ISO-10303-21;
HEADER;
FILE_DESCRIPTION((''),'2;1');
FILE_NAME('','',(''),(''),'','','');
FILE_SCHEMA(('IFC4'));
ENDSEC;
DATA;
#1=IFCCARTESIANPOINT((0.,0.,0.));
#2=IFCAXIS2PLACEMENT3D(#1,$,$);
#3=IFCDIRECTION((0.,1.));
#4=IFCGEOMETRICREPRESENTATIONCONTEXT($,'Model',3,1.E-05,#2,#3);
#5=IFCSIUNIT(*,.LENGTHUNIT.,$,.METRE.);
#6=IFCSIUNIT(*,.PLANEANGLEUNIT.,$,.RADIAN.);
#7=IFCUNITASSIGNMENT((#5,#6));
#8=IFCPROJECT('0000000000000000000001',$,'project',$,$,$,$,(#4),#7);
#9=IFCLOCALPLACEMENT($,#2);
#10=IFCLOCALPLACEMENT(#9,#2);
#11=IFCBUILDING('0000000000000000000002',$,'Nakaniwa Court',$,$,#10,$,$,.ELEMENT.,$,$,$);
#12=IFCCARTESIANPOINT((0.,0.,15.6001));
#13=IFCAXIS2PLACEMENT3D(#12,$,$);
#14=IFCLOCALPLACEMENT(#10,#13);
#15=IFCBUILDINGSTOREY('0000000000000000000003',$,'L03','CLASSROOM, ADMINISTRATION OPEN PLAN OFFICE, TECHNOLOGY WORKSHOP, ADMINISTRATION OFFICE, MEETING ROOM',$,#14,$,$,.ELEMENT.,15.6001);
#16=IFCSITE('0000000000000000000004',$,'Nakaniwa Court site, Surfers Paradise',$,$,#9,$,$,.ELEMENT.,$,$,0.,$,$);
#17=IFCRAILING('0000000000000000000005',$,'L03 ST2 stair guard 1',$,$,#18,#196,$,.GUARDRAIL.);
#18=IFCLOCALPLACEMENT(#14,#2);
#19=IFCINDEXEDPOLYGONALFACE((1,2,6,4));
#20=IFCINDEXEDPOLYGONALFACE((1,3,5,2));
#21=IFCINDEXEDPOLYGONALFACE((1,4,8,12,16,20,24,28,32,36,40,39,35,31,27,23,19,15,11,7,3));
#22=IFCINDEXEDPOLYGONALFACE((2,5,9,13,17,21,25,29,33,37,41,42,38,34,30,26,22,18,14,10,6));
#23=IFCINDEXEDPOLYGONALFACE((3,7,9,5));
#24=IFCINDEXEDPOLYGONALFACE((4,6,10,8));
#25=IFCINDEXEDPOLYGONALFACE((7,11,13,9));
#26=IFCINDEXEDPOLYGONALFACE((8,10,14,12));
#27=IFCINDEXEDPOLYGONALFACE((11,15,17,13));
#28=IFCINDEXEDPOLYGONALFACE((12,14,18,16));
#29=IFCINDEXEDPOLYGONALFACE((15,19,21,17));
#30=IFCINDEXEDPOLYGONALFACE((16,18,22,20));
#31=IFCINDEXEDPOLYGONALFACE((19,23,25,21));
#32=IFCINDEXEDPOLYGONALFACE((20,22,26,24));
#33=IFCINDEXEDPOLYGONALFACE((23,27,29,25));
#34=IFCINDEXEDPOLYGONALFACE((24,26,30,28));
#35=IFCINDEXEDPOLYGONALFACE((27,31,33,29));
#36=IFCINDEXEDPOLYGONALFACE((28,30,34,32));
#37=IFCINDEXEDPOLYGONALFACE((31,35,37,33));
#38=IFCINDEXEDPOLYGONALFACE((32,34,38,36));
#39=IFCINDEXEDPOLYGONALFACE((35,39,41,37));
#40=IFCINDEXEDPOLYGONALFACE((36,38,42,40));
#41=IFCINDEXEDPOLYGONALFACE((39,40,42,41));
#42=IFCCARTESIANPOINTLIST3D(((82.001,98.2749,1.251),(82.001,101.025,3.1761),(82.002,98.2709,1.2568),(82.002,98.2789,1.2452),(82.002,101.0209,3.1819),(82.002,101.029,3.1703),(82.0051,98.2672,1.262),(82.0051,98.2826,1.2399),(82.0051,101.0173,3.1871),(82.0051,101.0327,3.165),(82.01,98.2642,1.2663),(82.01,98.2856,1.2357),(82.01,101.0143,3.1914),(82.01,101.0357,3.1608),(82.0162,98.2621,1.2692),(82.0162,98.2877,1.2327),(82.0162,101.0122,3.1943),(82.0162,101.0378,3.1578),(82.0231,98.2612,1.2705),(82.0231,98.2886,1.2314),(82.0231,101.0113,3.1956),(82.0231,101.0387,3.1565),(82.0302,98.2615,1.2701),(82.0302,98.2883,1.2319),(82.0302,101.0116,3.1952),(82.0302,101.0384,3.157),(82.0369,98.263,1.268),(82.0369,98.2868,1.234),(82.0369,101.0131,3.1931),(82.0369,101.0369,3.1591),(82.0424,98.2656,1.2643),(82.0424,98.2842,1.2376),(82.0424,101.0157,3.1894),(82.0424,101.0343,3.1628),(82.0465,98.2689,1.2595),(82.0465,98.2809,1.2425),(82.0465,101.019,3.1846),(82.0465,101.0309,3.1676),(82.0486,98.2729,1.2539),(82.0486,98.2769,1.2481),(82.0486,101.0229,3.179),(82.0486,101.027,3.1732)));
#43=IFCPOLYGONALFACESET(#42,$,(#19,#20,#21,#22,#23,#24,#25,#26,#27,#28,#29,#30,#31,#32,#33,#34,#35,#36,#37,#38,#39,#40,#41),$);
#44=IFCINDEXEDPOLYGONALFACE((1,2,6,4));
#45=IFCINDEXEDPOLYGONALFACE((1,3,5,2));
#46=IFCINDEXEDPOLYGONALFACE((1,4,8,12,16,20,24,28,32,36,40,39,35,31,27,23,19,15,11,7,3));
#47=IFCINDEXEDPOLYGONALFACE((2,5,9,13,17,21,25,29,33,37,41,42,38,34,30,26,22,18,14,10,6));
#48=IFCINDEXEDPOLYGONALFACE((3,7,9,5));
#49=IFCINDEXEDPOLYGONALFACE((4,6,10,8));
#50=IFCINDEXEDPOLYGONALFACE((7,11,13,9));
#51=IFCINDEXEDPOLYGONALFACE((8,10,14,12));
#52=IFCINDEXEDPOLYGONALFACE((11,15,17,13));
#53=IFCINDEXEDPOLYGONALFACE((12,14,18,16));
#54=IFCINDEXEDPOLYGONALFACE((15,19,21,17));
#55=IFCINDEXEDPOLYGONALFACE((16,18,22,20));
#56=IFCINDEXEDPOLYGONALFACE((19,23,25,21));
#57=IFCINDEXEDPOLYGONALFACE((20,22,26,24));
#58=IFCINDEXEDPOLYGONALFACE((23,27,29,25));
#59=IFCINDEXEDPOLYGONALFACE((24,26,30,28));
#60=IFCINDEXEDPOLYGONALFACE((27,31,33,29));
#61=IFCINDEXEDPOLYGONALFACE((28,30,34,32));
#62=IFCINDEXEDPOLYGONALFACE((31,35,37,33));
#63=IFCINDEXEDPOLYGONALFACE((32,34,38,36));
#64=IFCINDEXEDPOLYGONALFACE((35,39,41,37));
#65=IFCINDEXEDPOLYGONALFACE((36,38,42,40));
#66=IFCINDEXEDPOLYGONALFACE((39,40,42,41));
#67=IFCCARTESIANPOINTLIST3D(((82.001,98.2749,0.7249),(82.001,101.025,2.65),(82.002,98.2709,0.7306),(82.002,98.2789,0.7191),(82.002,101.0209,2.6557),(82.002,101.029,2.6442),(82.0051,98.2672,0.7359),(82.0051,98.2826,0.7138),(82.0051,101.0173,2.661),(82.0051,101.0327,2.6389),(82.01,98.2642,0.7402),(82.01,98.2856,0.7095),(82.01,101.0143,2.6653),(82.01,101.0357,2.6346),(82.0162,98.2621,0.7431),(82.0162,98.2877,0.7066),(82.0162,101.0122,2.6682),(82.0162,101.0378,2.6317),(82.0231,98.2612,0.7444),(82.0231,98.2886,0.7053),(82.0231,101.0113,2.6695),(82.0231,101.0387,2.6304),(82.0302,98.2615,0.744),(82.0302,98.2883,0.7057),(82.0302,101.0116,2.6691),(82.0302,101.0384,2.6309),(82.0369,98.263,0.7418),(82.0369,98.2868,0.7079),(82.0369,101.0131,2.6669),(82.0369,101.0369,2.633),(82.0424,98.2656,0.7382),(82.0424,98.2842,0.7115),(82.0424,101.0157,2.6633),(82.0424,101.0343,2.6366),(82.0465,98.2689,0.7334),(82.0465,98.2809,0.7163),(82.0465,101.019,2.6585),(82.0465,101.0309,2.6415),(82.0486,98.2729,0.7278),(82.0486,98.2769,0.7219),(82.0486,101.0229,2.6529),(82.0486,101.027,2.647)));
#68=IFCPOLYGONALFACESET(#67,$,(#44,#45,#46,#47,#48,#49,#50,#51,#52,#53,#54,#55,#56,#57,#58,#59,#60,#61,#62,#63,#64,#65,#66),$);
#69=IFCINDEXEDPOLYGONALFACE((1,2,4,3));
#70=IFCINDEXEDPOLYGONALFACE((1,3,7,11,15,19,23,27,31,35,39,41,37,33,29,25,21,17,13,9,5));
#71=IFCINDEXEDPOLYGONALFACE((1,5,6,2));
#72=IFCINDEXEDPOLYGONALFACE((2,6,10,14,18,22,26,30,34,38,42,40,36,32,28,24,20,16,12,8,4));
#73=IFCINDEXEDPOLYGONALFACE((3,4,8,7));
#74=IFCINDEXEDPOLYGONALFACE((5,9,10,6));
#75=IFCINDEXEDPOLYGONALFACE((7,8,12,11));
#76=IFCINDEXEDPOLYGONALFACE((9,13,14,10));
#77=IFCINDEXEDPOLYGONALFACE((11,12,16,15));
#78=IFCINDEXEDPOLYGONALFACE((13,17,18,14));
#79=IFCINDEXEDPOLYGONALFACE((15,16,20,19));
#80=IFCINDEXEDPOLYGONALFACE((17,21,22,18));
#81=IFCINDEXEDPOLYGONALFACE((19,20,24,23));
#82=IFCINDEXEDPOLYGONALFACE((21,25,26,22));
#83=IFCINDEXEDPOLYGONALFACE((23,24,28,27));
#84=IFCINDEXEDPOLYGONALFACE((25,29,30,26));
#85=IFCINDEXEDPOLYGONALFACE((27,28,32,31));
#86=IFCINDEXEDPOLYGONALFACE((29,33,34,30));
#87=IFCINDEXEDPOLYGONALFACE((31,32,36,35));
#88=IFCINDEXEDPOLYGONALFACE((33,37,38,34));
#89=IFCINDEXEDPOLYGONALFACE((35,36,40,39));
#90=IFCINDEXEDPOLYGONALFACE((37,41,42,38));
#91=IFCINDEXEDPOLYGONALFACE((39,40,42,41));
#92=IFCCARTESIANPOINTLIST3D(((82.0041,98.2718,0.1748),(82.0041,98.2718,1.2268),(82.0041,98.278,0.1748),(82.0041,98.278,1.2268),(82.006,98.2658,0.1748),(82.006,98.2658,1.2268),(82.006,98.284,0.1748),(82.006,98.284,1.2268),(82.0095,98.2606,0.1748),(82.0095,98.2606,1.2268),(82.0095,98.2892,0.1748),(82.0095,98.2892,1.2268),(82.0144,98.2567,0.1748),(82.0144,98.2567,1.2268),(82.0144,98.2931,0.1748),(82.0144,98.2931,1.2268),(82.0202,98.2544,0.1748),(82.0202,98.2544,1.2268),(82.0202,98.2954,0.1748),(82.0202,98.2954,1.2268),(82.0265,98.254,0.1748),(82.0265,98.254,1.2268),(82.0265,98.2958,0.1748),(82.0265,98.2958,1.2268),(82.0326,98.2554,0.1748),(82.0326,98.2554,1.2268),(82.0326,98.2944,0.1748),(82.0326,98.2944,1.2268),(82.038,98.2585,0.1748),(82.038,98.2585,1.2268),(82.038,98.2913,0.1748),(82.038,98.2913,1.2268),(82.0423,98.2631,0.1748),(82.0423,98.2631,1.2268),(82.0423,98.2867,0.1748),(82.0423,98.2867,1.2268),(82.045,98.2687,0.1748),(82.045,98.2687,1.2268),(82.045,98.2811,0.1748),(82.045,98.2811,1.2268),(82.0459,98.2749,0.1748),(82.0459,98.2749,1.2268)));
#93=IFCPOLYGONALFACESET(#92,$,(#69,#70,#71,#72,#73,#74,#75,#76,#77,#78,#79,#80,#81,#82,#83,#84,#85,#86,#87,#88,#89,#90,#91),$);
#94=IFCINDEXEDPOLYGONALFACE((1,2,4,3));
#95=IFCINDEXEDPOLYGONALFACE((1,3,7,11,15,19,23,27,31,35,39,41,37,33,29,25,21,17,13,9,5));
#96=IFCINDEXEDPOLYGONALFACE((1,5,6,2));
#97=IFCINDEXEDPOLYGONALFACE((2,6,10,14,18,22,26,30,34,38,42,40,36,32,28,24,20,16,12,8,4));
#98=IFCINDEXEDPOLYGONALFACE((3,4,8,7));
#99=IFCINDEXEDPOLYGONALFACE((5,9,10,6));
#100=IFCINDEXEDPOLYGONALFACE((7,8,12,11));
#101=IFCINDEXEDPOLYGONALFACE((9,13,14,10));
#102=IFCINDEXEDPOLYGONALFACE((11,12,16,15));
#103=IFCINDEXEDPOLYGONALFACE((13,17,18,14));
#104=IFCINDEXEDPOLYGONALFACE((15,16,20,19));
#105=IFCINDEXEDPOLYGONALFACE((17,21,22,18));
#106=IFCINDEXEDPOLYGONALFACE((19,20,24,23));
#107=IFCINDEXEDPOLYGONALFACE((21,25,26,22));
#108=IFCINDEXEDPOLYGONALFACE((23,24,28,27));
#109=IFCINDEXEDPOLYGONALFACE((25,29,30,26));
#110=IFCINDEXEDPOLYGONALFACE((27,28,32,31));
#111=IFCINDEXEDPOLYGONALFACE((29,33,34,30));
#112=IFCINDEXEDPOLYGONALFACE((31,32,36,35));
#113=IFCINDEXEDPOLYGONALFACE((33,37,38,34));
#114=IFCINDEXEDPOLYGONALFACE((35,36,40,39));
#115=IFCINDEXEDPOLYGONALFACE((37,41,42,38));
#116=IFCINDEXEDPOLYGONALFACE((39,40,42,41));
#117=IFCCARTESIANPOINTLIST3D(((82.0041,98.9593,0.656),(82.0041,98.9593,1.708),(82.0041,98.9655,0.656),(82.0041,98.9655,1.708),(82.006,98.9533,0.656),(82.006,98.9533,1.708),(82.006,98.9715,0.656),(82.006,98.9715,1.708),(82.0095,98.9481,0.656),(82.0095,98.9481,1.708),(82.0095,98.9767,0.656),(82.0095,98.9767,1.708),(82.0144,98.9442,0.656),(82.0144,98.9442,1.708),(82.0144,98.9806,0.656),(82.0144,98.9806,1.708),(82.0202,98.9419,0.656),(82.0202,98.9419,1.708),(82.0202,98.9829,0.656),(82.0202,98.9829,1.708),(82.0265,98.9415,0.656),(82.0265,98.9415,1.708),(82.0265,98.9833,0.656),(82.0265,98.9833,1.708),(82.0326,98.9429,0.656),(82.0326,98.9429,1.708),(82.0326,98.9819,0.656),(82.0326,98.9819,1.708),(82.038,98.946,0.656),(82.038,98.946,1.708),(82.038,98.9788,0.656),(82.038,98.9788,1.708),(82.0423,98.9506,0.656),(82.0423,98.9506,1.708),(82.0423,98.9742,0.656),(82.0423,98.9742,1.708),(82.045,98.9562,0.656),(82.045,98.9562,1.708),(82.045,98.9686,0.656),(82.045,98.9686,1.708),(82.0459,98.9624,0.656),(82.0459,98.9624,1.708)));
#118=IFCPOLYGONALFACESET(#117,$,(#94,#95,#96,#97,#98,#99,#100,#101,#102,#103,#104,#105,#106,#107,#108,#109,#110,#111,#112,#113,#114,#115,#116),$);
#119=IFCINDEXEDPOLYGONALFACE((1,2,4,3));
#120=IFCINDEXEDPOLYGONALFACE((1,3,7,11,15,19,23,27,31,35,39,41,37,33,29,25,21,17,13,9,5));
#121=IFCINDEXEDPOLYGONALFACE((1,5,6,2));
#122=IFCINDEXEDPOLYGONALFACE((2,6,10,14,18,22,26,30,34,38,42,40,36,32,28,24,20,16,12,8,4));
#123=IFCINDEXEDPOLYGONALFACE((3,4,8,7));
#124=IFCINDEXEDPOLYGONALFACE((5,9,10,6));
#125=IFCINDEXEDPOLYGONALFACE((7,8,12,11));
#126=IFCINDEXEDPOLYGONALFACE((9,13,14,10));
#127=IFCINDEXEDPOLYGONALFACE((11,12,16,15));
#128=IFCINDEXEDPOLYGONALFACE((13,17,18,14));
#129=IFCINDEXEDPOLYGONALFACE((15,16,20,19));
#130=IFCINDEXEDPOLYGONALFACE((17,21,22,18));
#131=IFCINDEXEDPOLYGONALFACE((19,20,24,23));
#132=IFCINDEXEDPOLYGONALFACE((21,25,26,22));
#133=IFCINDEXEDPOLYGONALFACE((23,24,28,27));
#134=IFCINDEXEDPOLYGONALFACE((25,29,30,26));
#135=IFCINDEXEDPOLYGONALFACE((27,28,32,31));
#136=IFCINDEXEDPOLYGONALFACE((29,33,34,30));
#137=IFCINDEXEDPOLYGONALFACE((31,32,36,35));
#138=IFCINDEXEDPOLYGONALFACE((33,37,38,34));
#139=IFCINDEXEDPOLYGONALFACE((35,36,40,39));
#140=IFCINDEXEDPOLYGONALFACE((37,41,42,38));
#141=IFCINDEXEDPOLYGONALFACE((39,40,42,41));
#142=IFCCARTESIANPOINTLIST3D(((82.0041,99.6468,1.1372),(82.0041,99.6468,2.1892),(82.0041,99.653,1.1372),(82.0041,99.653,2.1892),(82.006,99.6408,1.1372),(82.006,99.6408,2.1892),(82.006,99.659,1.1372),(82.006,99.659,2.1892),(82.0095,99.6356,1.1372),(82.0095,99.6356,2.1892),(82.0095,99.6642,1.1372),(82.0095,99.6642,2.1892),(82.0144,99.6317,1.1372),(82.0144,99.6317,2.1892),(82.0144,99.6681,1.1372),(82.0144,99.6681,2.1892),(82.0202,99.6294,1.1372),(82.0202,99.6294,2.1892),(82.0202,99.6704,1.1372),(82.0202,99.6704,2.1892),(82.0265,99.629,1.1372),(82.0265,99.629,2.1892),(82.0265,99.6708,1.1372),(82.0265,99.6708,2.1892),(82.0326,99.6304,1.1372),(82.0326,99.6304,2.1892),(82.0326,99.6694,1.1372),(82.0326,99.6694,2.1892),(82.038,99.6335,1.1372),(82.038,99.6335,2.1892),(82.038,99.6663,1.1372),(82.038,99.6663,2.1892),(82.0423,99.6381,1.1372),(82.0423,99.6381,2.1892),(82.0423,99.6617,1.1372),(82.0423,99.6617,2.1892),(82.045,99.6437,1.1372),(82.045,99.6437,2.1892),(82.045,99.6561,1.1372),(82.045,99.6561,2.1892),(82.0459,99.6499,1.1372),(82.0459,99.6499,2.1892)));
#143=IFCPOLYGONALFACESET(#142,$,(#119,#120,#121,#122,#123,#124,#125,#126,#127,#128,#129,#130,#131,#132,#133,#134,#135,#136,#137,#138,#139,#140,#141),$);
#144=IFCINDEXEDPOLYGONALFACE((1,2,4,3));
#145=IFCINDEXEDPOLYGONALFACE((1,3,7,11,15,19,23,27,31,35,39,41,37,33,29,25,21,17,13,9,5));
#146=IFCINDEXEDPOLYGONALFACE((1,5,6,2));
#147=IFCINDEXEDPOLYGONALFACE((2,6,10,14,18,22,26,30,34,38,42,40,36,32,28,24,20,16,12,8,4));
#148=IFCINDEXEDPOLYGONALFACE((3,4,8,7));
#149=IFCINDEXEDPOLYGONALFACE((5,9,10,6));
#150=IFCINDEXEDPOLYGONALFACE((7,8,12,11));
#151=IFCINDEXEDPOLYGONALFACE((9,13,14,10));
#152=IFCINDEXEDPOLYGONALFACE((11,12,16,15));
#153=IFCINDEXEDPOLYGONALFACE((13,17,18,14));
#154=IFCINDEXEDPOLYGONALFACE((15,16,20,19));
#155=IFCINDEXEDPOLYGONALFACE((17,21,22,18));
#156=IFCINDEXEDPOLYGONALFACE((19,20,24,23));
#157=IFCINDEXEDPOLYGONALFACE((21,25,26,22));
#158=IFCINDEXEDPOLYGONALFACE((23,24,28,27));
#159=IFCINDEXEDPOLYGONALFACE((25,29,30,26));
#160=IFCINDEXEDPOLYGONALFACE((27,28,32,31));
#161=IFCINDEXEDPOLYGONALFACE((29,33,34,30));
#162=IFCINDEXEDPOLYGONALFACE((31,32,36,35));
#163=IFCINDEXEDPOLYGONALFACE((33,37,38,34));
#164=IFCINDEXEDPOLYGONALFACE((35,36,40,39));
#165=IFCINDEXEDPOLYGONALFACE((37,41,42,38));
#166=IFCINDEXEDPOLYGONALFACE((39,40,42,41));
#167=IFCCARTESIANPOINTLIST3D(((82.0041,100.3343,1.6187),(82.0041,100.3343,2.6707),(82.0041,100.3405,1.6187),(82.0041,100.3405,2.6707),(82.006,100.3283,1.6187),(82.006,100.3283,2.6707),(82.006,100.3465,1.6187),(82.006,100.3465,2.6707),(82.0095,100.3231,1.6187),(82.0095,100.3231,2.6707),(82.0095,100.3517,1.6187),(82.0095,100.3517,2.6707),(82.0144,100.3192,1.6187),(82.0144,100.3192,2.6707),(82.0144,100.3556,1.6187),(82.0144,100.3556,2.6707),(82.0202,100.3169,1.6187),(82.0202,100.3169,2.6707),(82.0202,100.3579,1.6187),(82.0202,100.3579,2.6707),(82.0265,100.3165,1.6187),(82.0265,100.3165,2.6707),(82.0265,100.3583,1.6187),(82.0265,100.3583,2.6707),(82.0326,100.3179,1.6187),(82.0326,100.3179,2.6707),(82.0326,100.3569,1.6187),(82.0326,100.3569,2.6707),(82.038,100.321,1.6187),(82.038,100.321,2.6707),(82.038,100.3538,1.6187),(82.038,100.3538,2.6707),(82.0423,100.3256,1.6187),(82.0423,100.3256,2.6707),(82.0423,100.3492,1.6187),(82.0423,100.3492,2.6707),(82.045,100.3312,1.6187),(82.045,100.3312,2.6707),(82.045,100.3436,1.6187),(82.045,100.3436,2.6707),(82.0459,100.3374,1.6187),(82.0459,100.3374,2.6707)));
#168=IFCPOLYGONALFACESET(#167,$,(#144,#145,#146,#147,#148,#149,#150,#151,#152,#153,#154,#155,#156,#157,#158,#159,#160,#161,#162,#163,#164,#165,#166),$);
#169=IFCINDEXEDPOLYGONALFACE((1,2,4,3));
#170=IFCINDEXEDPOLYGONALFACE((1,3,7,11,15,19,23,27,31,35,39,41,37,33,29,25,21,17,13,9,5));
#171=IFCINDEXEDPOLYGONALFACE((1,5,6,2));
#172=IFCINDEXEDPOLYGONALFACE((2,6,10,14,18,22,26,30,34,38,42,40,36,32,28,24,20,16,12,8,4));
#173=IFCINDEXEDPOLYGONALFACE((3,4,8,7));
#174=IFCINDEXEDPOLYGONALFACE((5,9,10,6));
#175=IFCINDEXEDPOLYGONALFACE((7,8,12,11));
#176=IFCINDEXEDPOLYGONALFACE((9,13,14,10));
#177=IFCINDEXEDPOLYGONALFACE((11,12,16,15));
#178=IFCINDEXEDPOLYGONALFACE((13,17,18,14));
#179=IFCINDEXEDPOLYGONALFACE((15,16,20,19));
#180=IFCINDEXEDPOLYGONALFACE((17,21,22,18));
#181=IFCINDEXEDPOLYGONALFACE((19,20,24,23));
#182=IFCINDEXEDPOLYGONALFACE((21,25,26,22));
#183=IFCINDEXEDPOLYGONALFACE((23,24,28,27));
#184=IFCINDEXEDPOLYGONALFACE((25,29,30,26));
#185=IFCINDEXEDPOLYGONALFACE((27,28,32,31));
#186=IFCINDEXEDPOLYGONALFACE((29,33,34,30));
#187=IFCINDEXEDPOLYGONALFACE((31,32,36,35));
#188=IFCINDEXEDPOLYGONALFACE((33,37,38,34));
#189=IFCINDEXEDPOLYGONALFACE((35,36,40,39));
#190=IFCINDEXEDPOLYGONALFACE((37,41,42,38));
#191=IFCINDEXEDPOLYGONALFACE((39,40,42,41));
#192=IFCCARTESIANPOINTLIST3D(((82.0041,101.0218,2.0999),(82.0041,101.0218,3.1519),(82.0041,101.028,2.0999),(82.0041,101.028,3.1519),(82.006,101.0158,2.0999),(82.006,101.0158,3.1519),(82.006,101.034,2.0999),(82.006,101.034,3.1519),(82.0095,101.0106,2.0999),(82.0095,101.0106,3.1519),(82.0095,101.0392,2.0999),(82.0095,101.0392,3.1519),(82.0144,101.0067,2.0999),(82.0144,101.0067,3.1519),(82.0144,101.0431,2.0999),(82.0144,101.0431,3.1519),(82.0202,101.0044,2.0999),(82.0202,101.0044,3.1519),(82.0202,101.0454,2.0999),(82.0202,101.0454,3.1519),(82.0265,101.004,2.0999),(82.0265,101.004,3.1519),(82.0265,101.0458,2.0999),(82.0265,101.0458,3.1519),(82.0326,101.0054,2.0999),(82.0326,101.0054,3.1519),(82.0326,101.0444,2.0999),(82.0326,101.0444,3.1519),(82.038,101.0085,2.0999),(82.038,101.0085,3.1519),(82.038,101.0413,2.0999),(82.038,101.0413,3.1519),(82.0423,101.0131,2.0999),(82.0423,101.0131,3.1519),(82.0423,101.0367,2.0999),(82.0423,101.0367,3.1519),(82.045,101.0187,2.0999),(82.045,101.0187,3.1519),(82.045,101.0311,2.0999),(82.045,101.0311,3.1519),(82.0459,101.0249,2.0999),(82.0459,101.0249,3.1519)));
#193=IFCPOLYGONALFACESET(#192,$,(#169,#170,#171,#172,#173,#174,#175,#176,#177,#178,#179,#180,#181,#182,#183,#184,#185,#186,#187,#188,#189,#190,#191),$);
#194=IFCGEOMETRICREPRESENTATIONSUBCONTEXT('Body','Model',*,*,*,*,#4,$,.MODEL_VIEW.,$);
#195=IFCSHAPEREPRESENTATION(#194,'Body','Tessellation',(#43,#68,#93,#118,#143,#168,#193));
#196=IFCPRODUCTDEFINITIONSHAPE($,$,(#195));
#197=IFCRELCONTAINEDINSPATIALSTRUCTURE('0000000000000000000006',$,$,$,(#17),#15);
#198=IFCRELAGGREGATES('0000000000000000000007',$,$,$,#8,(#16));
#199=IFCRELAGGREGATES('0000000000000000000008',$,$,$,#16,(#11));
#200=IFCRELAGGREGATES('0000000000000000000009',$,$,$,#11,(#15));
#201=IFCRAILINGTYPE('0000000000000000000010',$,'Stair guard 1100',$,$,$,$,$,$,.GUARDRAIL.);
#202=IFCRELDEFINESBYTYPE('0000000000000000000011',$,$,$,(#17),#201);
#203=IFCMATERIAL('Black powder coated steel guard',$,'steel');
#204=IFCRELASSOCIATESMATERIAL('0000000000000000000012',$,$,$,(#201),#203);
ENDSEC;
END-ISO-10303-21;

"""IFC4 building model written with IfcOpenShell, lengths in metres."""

from ifc_helpers import new_model, si_unit, direction, frame, origin, origin_2d, place, context, subcontext, project, spatial, circle, extrude, material, type_object, element, save


model = new_model("IFC4")

# Units and contexts
model_context = context("Model", 3, precision=1e-05, world=origin(), true_north=direction((0.0, 1.0)))
body_context = subcontext(model_context, "Body", "Model", "MODEL_VIEW")
ifc_project = project(units=[si_unit("LENGTHUNIT", "METRE"), si_unit("PLANEANGLEUNIT", "RADIAN")], contexts=[model_context])

# Site, building, storey
site_placement = place(None, origin())
site = spatial("IfcSite", under=ifc_project, at=site_placement, Name="Nakaniwa Court site, Surfers Paradise", CompositionType="ELEMENT", RefElevation=0.0)
building_placement = place(site_placement, origin())
building = spatial("IfcBuilding", under=site, at=building_placement, Name="Nakaniwa Court", CompositionType="ELEMENT")
storey_placement = place(building_placement, frame((0.0, 0.0, 15.6001)))
storey = spatial("IfcBuildingStorey", under=building, at=storey_placement, Name="L03", Description="CLASSROOM, ADMINISTRATION OPEN PLAN OFFICE, TECHNOLOGY WORKSHOP, ADMINISTRATION OFFICE, MEETING ROOM", CompositionType="ELEMENT", Elevation=15.6001)

# Railing
ifc_material_1 = material(Name="Black powder coated steel guard", Category="steel")
railing_type_1 = type_object("IfcRailingType", Name="Stair guard 1100", PredefinedType="GUARDRAIL", material=ifc_material_1)
railing_1_placement = place(storey_placement, frame((82.0249, 98.2749, 0.1748)))
element("IfcRailing", 1, at=railing_1_placement, inside=storey, type_object=railing_type_1, Name="L03 ST2 stair guard 1", PredefinedType="GUARDRAIL", context=body_context, shape_type="SweptSolid", body=[
    extrude(circle(Radius=0.0239, at=origin_2d()), frame((0.0, 0.0, 1.0762), z_axis=(0.0, 0.819225, 0.573472), x_axis=(-1.0, 0.0, 0.0)), (0.0, 0.0, 1.0), 3.3569),
    extrude(circle(Radius=0.0239, at=origin_2d()), frame((0.0, 0.0, 0.55), z_axis=(0.0, 0.819225, 0.573472), x_axis=(-1.0, 0.0, 0.0)), (0.0, 0.0, 1.0), 3.3569),
    extrude(circle(Radius=0.021, at=origin_2d()), origin(), (0.0, 0.0, 1.0), 1.052),
    extrude(circle(Radius=0.021, at=origin_2d()), frame((0.0, 0.6875, 0.4812)), (0.0, 0.0, 1.0), 1.052),
    extrude(circle(Radius=0.021, at=origin_2d()), frame((0.0, 1.375, 0.9624)), (0.0, 0.0, 1.0), 1.052),
    extrude(circle(Radius=0.021, at=origin_2d()), frame((0.0, 2.0625, 1.4438)), (0.0, 0.0, 1.0), 1.052),
    extrude(circle(Radius=0.021, at=origin_2d()), frame((0.0, 2.75, 1.925)), (0.0, 0.0, 1.0), 1.052),
])

save(model, "model.ifc")
